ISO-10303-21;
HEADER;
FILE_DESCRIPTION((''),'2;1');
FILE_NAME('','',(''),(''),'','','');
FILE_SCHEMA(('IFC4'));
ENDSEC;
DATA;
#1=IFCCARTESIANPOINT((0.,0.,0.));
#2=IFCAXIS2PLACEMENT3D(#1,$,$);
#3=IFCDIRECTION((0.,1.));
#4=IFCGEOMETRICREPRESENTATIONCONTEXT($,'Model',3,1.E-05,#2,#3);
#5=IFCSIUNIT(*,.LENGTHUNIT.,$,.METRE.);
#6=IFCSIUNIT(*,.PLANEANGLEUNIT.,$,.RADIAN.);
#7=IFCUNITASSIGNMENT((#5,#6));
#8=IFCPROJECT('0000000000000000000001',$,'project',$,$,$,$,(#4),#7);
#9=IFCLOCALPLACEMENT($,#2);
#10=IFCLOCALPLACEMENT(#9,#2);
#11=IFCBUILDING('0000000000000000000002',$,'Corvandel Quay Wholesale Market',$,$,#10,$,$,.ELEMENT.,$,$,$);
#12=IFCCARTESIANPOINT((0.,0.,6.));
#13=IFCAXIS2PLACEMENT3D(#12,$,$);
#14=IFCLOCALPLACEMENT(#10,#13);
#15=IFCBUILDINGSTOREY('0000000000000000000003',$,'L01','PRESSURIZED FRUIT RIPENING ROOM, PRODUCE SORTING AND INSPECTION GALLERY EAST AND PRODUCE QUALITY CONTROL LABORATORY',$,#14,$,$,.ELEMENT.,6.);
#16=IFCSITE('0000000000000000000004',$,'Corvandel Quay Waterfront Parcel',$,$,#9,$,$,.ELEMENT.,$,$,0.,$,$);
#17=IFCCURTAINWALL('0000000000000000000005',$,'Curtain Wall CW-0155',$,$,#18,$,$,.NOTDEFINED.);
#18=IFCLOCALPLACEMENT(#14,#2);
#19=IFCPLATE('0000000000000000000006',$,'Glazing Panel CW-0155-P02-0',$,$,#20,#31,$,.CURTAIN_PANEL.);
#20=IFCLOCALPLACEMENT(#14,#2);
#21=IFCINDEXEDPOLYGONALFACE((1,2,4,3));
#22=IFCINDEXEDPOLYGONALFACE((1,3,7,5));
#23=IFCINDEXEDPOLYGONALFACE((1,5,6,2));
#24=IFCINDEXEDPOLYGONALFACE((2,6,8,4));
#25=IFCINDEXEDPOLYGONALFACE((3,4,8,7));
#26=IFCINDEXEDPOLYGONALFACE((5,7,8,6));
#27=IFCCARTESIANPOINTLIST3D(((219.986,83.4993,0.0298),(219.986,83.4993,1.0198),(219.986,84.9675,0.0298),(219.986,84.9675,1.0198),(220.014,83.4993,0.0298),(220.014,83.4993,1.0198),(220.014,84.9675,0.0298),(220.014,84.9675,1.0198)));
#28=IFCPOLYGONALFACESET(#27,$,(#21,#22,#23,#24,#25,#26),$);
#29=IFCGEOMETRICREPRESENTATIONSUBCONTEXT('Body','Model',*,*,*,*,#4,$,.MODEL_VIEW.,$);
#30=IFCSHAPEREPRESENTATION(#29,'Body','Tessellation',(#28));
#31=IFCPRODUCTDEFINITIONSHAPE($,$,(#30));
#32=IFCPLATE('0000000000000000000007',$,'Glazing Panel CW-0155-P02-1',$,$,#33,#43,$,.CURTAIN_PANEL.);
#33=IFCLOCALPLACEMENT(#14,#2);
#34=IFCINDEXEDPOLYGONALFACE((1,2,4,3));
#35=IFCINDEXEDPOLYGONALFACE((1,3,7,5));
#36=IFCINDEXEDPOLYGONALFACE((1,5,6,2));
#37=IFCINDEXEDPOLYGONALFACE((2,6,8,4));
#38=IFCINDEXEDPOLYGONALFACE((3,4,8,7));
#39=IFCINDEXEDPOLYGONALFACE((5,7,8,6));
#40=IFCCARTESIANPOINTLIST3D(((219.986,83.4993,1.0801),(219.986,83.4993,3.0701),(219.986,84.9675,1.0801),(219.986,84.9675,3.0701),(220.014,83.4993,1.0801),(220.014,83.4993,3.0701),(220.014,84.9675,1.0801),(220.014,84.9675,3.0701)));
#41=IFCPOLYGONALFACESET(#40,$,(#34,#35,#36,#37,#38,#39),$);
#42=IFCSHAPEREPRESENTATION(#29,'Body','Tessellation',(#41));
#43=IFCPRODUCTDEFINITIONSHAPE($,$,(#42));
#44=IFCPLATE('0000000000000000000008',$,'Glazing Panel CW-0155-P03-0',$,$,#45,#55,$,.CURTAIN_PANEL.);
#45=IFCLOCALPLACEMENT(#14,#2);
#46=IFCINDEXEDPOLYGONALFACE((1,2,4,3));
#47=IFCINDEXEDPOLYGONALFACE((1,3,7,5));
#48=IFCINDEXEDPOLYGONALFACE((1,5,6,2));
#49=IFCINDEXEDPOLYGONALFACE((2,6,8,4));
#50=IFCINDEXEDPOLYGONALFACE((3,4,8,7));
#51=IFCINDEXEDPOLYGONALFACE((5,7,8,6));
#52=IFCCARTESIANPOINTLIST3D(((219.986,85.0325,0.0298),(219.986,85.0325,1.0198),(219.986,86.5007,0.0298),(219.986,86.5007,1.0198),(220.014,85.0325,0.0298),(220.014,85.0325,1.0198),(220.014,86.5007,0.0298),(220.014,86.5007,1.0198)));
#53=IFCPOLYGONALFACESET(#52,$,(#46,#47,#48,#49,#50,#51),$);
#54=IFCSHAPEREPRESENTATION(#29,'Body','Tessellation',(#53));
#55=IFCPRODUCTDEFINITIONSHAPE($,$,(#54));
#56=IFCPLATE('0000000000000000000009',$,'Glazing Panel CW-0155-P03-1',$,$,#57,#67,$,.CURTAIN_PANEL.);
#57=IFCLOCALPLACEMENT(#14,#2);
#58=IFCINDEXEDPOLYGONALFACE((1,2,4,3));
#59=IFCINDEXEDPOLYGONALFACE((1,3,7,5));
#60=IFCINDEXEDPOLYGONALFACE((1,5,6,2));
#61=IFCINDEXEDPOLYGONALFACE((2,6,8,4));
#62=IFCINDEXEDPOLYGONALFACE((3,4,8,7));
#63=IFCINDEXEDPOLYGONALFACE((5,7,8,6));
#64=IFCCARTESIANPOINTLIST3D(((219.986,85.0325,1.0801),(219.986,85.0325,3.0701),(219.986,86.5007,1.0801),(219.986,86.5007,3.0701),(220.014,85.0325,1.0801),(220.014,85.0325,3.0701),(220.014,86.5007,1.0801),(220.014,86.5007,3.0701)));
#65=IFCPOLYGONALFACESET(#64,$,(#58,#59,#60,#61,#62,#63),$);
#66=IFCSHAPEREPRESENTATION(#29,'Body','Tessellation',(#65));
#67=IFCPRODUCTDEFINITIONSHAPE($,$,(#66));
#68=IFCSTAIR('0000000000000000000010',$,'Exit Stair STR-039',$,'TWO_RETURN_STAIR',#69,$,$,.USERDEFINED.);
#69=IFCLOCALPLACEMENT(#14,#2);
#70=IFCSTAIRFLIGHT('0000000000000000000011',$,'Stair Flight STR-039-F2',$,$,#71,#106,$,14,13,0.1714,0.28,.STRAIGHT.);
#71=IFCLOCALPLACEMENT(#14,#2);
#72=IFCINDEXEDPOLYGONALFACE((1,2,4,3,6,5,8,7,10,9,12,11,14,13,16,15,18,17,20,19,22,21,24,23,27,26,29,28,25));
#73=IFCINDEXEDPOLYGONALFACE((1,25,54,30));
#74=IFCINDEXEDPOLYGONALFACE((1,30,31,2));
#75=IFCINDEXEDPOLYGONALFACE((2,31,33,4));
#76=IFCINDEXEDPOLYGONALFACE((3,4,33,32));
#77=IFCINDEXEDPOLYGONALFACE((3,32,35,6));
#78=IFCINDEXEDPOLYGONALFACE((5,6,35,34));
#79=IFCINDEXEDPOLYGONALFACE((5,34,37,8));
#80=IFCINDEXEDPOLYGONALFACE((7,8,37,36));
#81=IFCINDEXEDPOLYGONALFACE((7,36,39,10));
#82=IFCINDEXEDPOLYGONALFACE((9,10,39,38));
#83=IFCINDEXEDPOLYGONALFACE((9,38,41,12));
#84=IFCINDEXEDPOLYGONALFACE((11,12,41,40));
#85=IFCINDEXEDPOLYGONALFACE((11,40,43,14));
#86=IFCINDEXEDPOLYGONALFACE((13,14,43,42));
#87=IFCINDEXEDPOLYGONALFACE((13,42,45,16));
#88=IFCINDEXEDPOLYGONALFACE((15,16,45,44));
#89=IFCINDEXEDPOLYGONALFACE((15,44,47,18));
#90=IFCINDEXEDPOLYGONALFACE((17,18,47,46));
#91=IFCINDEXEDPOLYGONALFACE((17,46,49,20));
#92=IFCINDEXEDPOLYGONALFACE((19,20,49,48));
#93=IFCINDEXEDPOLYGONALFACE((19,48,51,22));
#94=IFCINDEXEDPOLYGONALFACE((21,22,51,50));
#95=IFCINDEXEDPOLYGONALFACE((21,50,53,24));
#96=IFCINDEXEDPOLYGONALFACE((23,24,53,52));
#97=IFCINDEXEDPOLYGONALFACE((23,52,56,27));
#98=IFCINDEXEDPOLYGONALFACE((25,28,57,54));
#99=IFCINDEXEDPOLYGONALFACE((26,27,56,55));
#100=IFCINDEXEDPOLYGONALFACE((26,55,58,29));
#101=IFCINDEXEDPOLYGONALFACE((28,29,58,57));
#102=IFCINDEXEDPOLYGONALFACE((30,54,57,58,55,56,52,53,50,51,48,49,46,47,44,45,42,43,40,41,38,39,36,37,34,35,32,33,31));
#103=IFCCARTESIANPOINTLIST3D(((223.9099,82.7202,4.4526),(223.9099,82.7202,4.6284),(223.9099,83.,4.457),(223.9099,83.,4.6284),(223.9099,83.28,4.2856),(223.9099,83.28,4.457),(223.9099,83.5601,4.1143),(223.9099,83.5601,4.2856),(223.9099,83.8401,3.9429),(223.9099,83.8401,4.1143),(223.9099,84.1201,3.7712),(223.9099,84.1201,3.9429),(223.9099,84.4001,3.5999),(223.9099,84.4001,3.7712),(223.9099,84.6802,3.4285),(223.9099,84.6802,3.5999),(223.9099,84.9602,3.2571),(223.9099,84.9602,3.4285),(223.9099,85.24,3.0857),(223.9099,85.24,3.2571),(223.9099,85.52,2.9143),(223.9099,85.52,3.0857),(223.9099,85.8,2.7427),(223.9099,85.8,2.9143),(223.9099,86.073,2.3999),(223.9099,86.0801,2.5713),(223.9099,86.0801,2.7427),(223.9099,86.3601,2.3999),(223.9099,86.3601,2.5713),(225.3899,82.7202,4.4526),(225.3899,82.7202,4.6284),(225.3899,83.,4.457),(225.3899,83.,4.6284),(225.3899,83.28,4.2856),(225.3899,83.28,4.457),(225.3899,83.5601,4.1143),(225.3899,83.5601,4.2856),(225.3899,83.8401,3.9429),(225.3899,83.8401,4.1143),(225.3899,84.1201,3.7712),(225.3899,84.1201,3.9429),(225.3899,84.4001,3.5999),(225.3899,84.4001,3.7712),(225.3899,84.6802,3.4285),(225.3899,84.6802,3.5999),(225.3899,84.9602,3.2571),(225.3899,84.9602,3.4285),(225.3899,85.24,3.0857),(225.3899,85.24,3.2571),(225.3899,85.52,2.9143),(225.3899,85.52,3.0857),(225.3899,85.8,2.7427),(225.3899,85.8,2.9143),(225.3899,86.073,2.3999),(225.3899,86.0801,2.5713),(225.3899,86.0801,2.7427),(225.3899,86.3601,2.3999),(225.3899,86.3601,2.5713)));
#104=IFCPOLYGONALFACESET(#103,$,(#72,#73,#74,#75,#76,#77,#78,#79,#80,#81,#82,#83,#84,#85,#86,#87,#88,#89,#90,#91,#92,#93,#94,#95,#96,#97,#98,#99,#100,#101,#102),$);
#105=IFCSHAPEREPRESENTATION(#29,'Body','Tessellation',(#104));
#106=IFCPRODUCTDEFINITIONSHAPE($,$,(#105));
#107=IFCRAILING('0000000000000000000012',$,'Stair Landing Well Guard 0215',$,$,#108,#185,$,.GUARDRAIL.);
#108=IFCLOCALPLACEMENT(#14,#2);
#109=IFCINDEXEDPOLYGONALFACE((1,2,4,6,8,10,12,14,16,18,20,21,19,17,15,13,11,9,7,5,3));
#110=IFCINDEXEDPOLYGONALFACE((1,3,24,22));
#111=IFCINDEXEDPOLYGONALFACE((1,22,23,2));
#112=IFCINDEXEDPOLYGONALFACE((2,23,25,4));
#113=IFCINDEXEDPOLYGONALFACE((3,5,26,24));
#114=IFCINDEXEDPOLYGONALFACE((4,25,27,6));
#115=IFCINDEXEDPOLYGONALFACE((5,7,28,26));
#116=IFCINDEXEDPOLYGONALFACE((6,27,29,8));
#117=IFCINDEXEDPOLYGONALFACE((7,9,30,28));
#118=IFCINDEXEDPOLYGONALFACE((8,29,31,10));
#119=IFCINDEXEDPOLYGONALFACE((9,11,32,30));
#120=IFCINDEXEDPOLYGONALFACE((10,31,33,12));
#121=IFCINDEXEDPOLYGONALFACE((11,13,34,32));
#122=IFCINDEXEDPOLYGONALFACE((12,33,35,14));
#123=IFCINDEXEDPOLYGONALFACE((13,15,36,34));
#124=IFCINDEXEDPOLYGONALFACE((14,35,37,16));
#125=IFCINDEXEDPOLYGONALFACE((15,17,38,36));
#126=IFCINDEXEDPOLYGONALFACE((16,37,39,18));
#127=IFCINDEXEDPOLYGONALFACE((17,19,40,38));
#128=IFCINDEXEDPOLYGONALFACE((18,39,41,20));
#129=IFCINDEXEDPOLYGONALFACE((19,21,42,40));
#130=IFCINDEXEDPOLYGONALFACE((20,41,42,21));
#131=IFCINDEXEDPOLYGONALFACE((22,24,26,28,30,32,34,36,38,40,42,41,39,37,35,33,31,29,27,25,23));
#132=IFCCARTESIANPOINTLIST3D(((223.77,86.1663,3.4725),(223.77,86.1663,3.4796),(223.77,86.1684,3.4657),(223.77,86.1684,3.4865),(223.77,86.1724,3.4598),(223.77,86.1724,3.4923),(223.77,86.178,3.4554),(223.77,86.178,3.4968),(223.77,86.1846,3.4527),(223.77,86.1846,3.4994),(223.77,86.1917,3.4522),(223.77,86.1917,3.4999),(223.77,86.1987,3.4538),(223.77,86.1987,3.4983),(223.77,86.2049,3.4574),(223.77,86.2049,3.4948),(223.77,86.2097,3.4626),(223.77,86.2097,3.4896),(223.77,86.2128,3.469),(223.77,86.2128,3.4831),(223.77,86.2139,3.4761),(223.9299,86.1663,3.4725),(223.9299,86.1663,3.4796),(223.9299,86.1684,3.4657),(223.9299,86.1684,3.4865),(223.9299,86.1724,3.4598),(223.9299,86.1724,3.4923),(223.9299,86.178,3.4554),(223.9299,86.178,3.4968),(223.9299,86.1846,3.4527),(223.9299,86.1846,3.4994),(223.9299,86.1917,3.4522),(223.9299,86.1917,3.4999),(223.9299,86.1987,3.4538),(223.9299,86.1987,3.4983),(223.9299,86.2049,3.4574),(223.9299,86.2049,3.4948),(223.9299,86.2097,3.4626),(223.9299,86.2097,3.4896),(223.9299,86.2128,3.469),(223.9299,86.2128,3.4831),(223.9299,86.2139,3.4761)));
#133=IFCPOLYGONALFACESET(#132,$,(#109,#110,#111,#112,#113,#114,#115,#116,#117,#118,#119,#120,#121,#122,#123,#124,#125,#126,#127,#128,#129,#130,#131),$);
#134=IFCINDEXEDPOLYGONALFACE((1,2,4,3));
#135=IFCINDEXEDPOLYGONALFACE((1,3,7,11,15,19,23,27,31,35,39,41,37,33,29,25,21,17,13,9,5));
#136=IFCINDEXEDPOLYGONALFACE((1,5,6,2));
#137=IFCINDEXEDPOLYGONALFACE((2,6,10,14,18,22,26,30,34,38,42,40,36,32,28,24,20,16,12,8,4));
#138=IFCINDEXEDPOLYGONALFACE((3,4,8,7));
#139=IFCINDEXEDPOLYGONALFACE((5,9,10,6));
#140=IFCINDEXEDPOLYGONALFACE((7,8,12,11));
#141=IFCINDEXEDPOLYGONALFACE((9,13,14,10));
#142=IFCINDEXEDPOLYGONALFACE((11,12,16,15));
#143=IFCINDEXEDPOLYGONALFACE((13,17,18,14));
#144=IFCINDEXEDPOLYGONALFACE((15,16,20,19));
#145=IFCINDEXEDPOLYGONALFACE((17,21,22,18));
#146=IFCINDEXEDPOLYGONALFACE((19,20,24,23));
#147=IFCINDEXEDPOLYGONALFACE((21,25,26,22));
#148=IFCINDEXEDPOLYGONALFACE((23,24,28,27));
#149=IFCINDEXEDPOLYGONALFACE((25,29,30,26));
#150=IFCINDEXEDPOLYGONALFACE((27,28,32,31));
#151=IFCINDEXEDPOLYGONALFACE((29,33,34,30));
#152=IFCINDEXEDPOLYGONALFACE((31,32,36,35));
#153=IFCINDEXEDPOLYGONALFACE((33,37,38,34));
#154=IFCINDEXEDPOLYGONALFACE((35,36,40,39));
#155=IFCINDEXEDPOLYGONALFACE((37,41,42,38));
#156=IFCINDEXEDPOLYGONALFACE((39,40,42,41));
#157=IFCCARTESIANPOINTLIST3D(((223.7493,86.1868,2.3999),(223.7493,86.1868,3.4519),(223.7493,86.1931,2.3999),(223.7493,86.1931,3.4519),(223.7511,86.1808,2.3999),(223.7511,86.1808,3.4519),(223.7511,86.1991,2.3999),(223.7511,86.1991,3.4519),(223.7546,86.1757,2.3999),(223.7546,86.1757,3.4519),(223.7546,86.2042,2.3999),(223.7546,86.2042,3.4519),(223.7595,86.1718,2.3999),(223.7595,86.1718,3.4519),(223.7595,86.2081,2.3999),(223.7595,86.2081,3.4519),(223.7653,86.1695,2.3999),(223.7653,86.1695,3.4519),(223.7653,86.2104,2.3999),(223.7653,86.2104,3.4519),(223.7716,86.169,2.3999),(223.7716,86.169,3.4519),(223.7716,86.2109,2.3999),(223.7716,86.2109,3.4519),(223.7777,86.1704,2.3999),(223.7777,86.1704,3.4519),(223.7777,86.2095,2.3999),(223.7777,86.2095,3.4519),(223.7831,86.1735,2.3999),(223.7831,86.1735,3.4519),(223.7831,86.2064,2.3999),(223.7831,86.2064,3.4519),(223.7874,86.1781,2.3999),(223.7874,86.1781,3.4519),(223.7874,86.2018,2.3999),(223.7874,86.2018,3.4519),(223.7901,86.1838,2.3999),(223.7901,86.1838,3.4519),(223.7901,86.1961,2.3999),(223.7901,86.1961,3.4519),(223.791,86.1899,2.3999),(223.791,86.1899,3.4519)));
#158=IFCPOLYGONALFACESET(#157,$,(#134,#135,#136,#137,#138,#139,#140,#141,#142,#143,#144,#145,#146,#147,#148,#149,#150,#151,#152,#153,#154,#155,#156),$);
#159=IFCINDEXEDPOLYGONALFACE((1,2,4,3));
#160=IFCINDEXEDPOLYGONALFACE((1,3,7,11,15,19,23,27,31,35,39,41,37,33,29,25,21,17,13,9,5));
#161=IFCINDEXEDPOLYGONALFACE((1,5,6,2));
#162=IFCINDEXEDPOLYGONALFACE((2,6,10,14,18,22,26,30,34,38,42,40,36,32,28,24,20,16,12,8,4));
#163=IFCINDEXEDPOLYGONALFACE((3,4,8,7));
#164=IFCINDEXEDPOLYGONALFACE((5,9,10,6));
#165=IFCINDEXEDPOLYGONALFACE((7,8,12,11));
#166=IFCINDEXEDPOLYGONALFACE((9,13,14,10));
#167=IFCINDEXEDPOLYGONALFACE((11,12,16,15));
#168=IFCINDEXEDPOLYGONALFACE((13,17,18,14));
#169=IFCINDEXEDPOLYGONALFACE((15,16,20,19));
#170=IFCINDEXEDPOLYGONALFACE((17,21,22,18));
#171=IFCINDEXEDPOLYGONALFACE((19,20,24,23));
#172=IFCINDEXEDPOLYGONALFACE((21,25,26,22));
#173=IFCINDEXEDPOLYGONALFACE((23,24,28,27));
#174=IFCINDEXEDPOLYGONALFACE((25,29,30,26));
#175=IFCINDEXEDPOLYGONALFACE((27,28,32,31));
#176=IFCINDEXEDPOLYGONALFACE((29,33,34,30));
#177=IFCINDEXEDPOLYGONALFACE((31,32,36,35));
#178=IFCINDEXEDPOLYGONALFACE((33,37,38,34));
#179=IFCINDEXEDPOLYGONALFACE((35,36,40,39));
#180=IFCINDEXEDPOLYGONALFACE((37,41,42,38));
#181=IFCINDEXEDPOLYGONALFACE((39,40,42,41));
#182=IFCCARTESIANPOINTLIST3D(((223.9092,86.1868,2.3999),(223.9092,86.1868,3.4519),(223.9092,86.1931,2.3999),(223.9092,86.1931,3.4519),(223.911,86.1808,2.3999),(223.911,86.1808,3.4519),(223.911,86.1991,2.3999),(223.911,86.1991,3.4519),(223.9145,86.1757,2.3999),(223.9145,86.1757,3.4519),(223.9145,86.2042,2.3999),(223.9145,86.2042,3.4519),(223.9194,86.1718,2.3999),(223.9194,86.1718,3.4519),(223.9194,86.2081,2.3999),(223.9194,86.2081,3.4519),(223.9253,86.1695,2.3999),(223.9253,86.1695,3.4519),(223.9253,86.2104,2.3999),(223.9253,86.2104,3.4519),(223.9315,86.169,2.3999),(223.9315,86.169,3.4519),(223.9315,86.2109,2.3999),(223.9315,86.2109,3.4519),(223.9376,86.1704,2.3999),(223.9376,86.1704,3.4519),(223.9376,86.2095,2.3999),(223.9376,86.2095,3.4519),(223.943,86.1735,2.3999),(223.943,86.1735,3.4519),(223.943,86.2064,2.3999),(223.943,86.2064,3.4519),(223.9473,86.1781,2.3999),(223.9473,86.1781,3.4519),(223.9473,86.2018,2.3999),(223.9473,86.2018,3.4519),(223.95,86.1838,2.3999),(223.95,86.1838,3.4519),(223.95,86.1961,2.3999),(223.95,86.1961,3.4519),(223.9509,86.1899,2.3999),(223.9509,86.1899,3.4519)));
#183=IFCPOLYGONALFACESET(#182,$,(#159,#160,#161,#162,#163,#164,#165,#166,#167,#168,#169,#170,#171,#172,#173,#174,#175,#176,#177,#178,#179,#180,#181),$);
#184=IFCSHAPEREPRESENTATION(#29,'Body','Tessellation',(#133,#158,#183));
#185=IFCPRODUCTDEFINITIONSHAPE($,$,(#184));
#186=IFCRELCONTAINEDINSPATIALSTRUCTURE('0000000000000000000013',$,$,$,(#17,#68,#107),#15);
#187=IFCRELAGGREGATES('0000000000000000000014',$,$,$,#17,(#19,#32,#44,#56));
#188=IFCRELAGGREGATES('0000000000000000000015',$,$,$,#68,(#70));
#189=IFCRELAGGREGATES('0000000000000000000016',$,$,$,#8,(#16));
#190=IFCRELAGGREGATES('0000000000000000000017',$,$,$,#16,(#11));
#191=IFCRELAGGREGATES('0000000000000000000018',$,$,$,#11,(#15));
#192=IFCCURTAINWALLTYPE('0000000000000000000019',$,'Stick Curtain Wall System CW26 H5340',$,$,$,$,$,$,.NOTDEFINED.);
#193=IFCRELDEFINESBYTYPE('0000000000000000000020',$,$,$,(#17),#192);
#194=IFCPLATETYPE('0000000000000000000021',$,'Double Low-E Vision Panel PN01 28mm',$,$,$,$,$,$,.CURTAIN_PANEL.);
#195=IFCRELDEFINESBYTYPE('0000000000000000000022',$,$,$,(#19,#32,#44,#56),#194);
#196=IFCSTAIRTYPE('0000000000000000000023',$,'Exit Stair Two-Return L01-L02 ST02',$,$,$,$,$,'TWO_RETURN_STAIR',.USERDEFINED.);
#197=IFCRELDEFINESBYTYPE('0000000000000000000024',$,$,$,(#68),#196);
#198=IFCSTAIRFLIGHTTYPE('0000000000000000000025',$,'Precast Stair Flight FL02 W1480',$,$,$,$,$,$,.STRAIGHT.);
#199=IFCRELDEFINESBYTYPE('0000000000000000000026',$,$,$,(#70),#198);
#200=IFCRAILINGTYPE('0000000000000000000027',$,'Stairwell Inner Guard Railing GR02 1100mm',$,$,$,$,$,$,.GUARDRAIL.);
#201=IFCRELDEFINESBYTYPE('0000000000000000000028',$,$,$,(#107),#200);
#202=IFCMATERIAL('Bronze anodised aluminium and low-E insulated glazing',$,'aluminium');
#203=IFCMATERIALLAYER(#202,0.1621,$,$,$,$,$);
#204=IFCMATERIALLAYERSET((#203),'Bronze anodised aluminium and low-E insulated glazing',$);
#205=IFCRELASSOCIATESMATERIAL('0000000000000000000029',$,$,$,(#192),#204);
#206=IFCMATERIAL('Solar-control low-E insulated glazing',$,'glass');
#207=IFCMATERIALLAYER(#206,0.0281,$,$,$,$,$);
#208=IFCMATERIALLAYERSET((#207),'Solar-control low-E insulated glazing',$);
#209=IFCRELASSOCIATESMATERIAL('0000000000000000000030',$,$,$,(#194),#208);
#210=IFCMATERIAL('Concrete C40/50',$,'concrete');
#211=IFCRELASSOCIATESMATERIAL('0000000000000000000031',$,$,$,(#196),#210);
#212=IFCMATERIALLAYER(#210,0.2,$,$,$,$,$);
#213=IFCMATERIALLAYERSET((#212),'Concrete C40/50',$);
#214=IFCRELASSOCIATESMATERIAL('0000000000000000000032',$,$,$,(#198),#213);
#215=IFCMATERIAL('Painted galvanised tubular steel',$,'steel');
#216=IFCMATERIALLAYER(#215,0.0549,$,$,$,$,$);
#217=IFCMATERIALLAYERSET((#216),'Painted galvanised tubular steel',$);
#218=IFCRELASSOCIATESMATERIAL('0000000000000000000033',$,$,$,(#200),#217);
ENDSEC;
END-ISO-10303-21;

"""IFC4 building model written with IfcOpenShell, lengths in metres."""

from ifc_helpers import new_model, si_unit, direction, frame, origin, origin_2d, place, context, subcontext, project, spatial, polyline, rectangle, circle, outline, extrude, material, layer, layer_set, type_object, element, aggregate, save


model = new_model("IFC4")

# Units and contexts
model_context = context("Model", 3, precision=1e-05, world=origin(), true_north=direction((0.0, 1.0)))
body_context = subcontext(model_context, "Body", "Model", "MODEL_VIEW")
ifc_project = project(units=[si_unit("LENGTHUNIT", "METRE"), si_unit("PLANEANGLEUNIT", "RADIAN")], contexts=[model_context])

# Site, building, storey
site_placement = place(None, origin())
site = spatial("IfcSite", under=ifc_project, at=site_placement, Name="Corvandel Quay Waterfront Parcel", CompositionType="ELEMENT", RefElevation=0.0)
building_placement = place(site_placement, origin())
building = spatial("IfcBuilding", under=site, at=building_placement, Name="Corvandel Quay Wholesale Market", CompositionType="ELEMENT")
storey_placement = place(building_placement, frame((0.0, 0.0, 6.0)))
storey = spatial("IfcBuildingStorey", under=building, at=storey_placement, Name="L01", Description="PRESSURIZED FRUIT RIPENING ROOM, PRODUCE SORTING AND INSPECTION GALLERY EAST AND PRODUCE QUALITY CONTROL LABORATORY", CompositionType="ELEMENT", Elevation=6.0)

# Curtain wall, plates
ifc_material_1 = material(Name="Bronze anodised aluminium and low-E insulated glazing", Category="aluminium")
ifc_layer_1 = layer(ifc_material_1, 0.1621)
ifc_layer_set_1 = layer_set([ifc_layer_1], Name="Bronze anodised aluminium and low-E insulated glazing")
curtain_wall_type = type_object("IfcCurtainWallType", Name="Stick Curtain Wall System CW26 H5340", PredefinedType="NOTDEFINED", material=ifc_layer_set_1)
curtain_wall_placement = place(storey_placement, origin())
curtain_wall = element("IfcCurtainWall", 1, at=curtain_wall_placement, inside=storey, type_object=curtain_wall_type, Name="Curtain Wall CW-0155", PredefinedType="NOTDEFINED")
ifc_material_2 = material(Name="Solar-control low-E insulated glazing", Category="glass")
ifc_layer_2 = layer(ifc_material_2, 0.0281)
ifc_layer_set_2 = layer_set([ifc_layer_2], Name="Solar-control low-E insulated glazing")
plate_type_1 = type_object("IfcPlateType", Name="Double Low-E Vision Panel PN01 28mm", PredefinedType="CURTAIN_PANEL", material=ifc_layer_set_2)
plate_1_placement = place(storey_placement, frame((220.0, 84.2334, 0.0298), z_axis=(0.0, 0.0, 1.0), x_axis=(0.0, 1.0, 0.0)))
plate_1 = element("IfcPlate", 2, at=plate_1_placement, type_object=plate_type_1, Name="Glazing Panel CW-0155-P02-0", PredefinedType="CURTAIN_PANEL", context=body_context, shape_type="SweptSolid", body=[
    extrude(rectangle(XDim=1.4683, YDim=0.0281, at=origin_2d()), origin(), (0.0, 0.0, 1.0), 0.99),
])
plate_2_placement = place(storey_placement, frame((220.0, 84.2334, 1.0801), z_axis=(0.0, 0.0, 1.0), x_axis=(0.0, 1.0, 0.0)))
plate_2 = element("IfcPlate", 3, at=plate_2_placement, type_object=plate_type_1, Name="Glazing Panel CW-0155-P02-1", PredefinedType="CURTAIN_PANEL", context=body_context, shape_type="SweptSolid", body=[
    extrude(rectangle(XDim=1.4683, YDim=0.0281, at=origin_2d()), origin(), (0.0, 0.0, 1.0), 1.99),
])
plate_3_placement = place(storey_placement, frame((220.0, 85.7666, 0.0298), z_axis=(0.0, 0.0, 1.0), x_axis=(0.0, 1.0, 0.0)))
plate_3 = element("IfcPlate", 4, at=plate_3_placement, type_object=plate_type_1, Name="Glazing Panel CW-0155-P03-0", PredefinedType="CURTAIN_PANEL", context=body_context, shape_type="SweptSolid", body=[
    extrude(rectangle(XDim=1.4683, YDim=0.0281, at=origin_2d()), origin(), (0.0, 0.0, 1.0), 0.99),
])
plate_4_placement = place(storey_placement, frame((220.0, 85.7666, 1.0801), z_axis=(0.0, 0.0, 1.0), x_axis=(0.0, 1.0, 0.0)))
plate_4 = element("IfcPlate", 5, at=plate_4_placement, type_object=plate_type_1, Name="Glazing Panel CW-0155-P03-1", PredefinedType="CURTAIN_PANEL", context=body_context, shape_type="SweptSolid", body=[
    extrude(rectangle(XDim=1.4683, YDim=0.0281, at=origin_2d()), origin(), (0.0, 0.0, 1.0), 1.99),
])
aggregate(curtain_wall, [plate_1, plate_2, plate_3, plate_4])

# Stair, stair flight
ifc_material_3 = material(Name="Concrete C40/50", Category="concrete")
stair_type = type_object("IfcStairType", Name="Exit Stair Two-Return L01-L02 ST02", ElementType="TWO_RETURN_STAIR", PredefinedType="USERDEFINED", material=ifc_material_3)
stair_placement = place(storey_placement, origin())
stair = element("IfcStair", 6, at=stair_placement, inside=storey, type_object=stair_type, Name="Exit Stair STR-039", ObjectType="TWO_RETURN_STAIR", PredefinedType="USERDEFINED")
ifc_layer_3 = layer(ifc_material_3, 0.2)
ifc_layer_set_3 = layer_set([ifc_layer_3], Name="Concrete C40/50")
stair_flight_type = type_object("IfcStairFlightType", Name="Precast Stair Flight FL02 W1480", PredefinedType="STRAIGHT", material=ifc_layer_set_3)
stair_flight_placement = place(storey_placement, frame((224.6499, 86.3601, 2.3999), z_axis=(0.0, 0.0, 1.0), x_axis=(0.0, -1.0, 0.0)))
stair_flight = element("IfcStairFlight", 7, at=stair_flight_placement, type_object=stair_flight_type, Name="Stair Flight STR-039-F2", NumberOfRisers=14, NumberOfTreads=13, PredefinedType="STRAIGHT", RiserHeight=0.1714, TreadLength=0.28, context=body_context, shape_type="SweptSolid", body=[
    extrude(outline(polyline([(0.0, 0.0), (0.0, 0.1714), (0.28, 0.1714), (0.28, 0.3428), (0.5601, 0.3428), (0.5601, 0.5144), (0.8401, 0.5144), (0.8401, 0.6858), (1.1201, 0.6858), (1.1201, 0.8572), (1.3999, 0.8572), (1.3999, 1.0286), (1.6799, 1.0286), (1.6799, 1.2), (1.96, 1.2), (1.96, 1.3713), (2.24, 1.3713), (2.24, 1.543), (2.52, 1.543), (2.52, 1.7144), (2.8, 1.7144), (2.8, 1.8857), (3.0801, 1.8857), (3.0801, 2.0571), (3.3601, 2.0571), (3.3601, 2.2285), (3.6399, 2.2285), (3.6399, 2.3999), (3.6399, 2.0527), (0.2871, 0.0), (0.0, 0.0)])), frame((0.0, 0.74, 0.0), z_axis=(0.0, -1.0, 0.0), x_axis=(1.0, 0.0, 0.0)), (0.0, 0.0, 1.0), 1.48),
])
aggregate(stair, [stair_flight])

# Railing
ifc_material_4 = material(Name="Painted galvanised tubular steel", Category="steel")
ifc_layer_4 = layer(ifc_material_4, 0.0549)
ifc_layer_set_4 = layer_set([ifc_layer_4], Name="Painted galvanised tubular steel")
railing_type_1 = type_object("IfcRailingType", Name="Stairwell Inner Guard Railing GR02 1100mm", PredefinedType="GUARDRAIL", material=ifc_layer_set_4)
railing_placement = place(storey_placement, frame((223.77, 86.1899, 2.3999)))
element("IfcRailing", 8, at=railing_placement, inside=storey, type_object=railing_type_1, Name="Stair Landing Well Guard 0215", PredefinedType="GUARDRAIL", context=body_context, shape_type="SweptSolid", body=[
    extrude(circle(Radius=0.0239, at=origin_2d()), frame((0.0, 0.0, 1.0762), z_axis=(1.0, 0.0, 0.0), x_axis=(0.0, 1.0, 0.0)), (0.0, 0.0, 1.0), 0.1599),
    extrude(circle(Radius=0.021, at=origin_2d()), origin(), (0.0, 0.0, 1.0), 1.052),
    extrude(circle(Radius=0.021, at=origin_2d()), frame((0.1599, 0.0, 0.0)), (0.0, 0.0, 1.0), 1.052),
])

save(model, "model.ifc")
